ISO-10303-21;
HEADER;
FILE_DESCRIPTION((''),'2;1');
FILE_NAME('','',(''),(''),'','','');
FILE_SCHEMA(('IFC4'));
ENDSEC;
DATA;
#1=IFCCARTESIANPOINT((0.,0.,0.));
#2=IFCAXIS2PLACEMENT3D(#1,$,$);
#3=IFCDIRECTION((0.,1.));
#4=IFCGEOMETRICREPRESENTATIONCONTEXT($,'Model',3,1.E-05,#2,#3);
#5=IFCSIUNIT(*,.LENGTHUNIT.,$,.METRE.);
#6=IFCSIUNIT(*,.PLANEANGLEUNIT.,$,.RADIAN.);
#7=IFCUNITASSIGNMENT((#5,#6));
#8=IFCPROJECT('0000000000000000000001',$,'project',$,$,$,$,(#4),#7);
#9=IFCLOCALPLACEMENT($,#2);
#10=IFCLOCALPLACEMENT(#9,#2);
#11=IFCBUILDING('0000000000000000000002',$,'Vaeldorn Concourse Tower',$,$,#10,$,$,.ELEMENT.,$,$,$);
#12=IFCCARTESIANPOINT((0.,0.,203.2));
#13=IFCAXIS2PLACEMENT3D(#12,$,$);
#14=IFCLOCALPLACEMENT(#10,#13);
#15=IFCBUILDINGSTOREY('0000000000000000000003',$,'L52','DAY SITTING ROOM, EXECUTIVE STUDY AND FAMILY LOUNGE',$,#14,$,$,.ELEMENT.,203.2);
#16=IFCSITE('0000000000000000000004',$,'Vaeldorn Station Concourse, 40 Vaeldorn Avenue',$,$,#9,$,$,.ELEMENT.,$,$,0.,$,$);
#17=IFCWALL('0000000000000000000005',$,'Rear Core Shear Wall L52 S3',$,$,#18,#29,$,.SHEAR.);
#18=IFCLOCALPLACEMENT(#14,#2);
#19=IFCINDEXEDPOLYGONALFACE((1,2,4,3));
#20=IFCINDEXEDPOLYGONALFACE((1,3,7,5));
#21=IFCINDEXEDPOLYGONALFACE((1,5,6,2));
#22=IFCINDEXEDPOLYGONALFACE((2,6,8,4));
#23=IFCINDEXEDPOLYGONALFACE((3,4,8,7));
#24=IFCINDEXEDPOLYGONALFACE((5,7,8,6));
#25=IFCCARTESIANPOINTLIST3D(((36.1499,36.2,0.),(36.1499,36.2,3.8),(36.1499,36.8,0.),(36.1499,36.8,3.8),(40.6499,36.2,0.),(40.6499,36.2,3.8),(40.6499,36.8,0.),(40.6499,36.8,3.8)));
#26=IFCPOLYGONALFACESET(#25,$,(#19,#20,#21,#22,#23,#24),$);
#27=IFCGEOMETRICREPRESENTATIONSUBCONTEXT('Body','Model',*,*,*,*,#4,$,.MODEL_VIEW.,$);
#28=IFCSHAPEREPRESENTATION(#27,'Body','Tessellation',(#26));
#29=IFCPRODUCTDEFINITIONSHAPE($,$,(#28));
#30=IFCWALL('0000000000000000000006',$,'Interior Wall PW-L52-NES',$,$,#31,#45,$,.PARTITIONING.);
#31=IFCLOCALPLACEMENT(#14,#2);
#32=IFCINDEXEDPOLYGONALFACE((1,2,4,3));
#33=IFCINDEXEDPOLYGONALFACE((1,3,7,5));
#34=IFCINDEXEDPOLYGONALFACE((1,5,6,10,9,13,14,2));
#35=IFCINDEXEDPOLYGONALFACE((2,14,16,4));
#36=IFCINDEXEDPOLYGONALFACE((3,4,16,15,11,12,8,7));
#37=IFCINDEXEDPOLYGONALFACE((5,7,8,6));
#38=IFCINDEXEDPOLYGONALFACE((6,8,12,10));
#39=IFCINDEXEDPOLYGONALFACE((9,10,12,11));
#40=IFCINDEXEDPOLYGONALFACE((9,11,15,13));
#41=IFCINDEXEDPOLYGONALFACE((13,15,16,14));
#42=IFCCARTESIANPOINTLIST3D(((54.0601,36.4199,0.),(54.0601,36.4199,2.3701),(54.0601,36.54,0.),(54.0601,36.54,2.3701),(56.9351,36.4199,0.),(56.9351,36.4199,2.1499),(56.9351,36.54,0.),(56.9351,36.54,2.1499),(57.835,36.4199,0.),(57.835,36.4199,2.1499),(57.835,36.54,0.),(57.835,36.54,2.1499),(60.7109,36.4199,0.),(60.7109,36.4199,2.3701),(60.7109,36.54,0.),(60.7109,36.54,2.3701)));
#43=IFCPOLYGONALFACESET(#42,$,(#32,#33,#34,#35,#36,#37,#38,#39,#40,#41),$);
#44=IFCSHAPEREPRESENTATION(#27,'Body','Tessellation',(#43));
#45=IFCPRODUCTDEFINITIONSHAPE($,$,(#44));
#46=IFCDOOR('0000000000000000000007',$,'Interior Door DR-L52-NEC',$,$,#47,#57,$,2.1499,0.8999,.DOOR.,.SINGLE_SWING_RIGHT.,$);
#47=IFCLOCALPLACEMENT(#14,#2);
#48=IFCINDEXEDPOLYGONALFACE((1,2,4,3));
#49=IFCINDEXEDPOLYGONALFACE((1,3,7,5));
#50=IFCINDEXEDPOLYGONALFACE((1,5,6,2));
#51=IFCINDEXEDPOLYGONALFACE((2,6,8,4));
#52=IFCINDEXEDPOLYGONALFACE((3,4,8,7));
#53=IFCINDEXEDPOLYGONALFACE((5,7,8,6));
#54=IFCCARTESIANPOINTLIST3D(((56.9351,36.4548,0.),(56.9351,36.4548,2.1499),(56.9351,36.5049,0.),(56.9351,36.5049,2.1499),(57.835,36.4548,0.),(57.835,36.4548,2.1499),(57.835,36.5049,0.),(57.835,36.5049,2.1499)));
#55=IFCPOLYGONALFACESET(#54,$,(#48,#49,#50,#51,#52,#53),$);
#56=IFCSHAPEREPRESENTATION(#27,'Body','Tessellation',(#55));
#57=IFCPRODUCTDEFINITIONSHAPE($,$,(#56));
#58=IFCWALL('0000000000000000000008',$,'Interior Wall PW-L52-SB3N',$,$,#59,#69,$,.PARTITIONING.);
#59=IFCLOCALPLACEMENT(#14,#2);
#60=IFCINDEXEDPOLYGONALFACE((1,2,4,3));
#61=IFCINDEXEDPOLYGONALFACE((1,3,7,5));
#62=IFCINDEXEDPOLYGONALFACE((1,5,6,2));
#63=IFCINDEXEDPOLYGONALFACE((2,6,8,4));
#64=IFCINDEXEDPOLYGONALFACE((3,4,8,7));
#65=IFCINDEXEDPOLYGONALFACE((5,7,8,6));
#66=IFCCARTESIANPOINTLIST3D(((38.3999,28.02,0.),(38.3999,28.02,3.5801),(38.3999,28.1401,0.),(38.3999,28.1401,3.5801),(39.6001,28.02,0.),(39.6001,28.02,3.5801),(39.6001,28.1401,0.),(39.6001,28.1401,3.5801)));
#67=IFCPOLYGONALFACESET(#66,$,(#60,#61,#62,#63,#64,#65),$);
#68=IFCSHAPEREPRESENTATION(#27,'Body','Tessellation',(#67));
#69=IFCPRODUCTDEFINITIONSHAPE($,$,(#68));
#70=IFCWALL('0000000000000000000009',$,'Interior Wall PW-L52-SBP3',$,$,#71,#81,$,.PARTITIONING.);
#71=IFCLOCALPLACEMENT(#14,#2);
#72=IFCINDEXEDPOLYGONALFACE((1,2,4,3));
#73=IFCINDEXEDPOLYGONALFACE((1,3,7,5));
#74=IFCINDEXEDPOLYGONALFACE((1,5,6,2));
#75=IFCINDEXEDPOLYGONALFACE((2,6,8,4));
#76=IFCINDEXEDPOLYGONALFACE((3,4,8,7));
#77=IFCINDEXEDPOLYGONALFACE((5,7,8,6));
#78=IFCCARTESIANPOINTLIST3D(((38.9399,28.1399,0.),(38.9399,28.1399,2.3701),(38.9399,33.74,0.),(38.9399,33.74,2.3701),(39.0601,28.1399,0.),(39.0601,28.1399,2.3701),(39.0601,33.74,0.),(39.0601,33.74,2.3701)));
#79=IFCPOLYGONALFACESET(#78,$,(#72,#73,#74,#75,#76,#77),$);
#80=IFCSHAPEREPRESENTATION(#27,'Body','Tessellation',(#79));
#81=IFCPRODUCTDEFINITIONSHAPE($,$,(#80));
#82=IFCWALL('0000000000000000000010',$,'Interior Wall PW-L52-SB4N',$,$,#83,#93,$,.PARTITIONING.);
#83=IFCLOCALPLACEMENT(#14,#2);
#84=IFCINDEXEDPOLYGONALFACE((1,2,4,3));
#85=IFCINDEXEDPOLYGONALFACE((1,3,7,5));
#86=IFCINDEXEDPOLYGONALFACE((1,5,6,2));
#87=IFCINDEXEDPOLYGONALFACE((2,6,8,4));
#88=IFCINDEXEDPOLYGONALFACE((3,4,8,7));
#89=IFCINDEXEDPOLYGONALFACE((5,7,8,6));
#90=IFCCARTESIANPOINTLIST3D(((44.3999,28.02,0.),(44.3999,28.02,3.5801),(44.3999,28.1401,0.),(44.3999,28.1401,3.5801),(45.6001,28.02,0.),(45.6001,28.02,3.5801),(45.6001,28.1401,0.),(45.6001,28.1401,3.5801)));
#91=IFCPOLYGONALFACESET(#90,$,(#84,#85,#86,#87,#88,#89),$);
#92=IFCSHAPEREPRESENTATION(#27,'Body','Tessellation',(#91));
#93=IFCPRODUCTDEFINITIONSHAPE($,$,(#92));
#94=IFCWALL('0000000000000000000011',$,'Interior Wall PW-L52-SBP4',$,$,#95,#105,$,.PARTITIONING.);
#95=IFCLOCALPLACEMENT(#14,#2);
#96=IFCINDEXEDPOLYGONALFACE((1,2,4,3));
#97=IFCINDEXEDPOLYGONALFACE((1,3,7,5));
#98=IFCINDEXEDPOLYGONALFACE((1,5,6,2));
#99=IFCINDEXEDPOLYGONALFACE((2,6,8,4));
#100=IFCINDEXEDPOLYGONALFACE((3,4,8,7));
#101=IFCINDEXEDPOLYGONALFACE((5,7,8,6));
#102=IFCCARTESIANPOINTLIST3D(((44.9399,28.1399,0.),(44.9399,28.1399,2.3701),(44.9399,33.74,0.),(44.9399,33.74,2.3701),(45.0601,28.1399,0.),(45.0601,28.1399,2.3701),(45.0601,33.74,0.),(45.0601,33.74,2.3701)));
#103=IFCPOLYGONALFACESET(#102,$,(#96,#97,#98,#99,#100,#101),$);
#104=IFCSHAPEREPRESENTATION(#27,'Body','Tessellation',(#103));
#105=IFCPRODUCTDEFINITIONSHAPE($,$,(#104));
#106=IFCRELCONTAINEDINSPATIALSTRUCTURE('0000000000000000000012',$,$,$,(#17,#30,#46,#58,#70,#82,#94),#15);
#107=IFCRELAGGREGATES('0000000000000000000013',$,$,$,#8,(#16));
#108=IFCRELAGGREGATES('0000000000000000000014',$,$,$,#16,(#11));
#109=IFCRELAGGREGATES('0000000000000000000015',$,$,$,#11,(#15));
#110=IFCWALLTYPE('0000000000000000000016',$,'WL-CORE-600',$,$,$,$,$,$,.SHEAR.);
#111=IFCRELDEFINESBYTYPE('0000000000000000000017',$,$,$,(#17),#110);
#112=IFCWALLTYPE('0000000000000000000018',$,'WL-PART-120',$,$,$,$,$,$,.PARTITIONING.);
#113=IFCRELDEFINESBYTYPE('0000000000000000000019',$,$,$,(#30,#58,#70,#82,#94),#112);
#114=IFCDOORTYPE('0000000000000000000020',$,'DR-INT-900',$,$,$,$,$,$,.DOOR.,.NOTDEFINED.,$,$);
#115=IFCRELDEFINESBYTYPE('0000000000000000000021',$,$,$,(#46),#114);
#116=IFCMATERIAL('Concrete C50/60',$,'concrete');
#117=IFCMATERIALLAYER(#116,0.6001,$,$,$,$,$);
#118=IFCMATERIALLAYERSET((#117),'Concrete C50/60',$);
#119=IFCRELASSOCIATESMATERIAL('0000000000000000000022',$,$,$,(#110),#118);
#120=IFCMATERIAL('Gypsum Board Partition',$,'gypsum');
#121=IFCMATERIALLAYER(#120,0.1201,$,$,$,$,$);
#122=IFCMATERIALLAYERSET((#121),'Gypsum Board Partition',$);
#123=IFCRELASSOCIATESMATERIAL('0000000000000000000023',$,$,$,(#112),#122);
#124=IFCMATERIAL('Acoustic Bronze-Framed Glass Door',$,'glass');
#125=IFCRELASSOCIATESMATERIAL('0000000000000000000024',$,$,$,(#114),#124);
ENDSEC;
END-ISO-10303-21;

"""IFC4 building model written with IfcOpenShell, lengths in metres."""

from ifc_helpers import new_model, si_unit, direction, frame, frame_2d, origin, place, context, subcontext, project, spatial, rectangle, extrude, source, transform, mapped, material, layer, layer_set, type_object, element, fill, save


model = new_model("IFC4")

# Units and contexts
model_context = context("Model", 3, precision=1e-05, world=origin(), true_north=direction((0.0, 1.0)))
body_context = subcontext(model_context, "Body", "Model", "MODEL_VIEW")
ifc_project = project(units=[si_unit("LENGTHUNIT", "METRE"), si_unit("PLANEANGLEUNIT", "RADIAN")], contexts=[model_context])

# Site, building, storey
site_placement = place(None, origin())
site = spatial("IfcSite", under=ifc_project, at=site_placement, Name="Vaeldorn Station Concourse, 40 Vaeldorn Avenue", CompositionType="ELEMENT", RefElevation=0.0)
building_placement = place(site_placement, origin())
building = spatial("IfcBuilding", under=site, at=building_placement, Name="Vaeldorn Concourse Tower", CompositionType="ELEMENT")
storey_placement = place(building_placement, frame((0.0, 0.0, 203.2)))
storey = spatial("IfcBuildingStorey", under=building, at=storey_placement, Name="L52", Description="DAY SITTING ROOM, EXECUTIVE STUDY AND FAMILY LOUNGE", CompositionType="ELEMENT", Elevation=203.2)

# Wall
ifc_material_1 = material(Name="Concrete C50/60", Category="concrete")
ifc_layer_1 = layer(ifc_material_1, 0.6001)
ifc_layer_set_1 = layer_set([ifc_layer_1], Name="Concrete C50/60")
wall_type_1 = type_object("IfcWallType", Name="WL-CORE-600", PredefinedType="SHEAR", material=ifc_layer_set_1)
wall_1_placement = place(storey_placement, frame((36.1499, 36.5, 0.0), z_axis=(0.0, 0.0, 1.0), x_axis=(1.0, 0.0, 0.0)))
element("IfcWall", 1, at=wall_1_placement, inside=storey, type_object=wall_type_1, Name="Rear Core Shear Wall L52 S3", PredefinedType="SHEAR", context=body_context, shape_type="SweptSolid", body=[
    extrude(rectangle(XDim=4.5, YDim=0.6001, at=frame_2d((2.25, 0.0))), origin(), (0.0, 0.0, 1.0), 3.8),
])

# Wall, opening, door
ifc_material_2 = material(Name="Gypsum Board Partition", Category="gypsum")
ifc_layer_2 = layer(ifc_material_2, 0.1201)
ifc_layer_set_2 = layer_set([ifc_layer_2], Name="Gypsum Board Partition")
wall_type_2 = type_object("IfcWallType", Name="WL-PART-120", PredefinedType="PARTITIONING", material=ifc_layer_set_2)
wall_2_placement = place(storey_placement, frame((54.0601, 36.48, 0.0), z_axis=(0.0, 0.0, 1.0), x_axis=(1.0, 0.0, 0.0)))
wall_2 = element("IfcWall", 2, at=wall_2_placement, inside=storey, type_object=wall_type_2, Name="Interior Wall PW-L52-NES", PredefinedType="PARTITIONING", context=body_context, shape_type="SweptSolid", body=[
    extrude(rectangle(XDim=6.6509, YDim=0.1201, at=frame_2d((3.3254, 0.0))), origin(), (0.0, 0.0, 1.0), 2.3701),
])
opening_placement = place(wall_2_placement, frame((2.875, 0.0, 0.0)))
opening = element("IfcOpeningElement", 3, at=opening_placement, cuts=wall_2, PredefinedType="OPENING", context=body_context, shape_type="SweptSolid", body=[
    extrude(rectangle(XDim=0.8999, YDim=2.1499, at=frame_2d((0.45, 1.075))), frame((0.0, 0.0701, 0.0), z_axis=(0.0, -1.0, 0.0), x_axis=(1.0, 0.0, 0.0)), (0.0, 0.0, 1.0), 0.1401),
])
ifc_material_3 = material(Name="Acoustic Bronze-Framed Glass Door", Category="glass")
door_type = type_object("IfcDoorType", Name="DR-INT-900", OperationType="NOTDEFINED", PredefinedType="DOOR", material=ifc_material_3)
shared_shape_1 = source(origin(), body_context, "Body", "SweptSolid", [
    extrude(rectangle(XDim=0.8999, YDim=2.1499, at=frame_2d((0.45, 1.075))), frame((0.0, 0.0249, 0.0), z_axis=(0.0, -1.0, 0.0), x_axis=(1.0, 0.0, 0.0)), (0.0, 0.0, 1.0), 0.05),
])
door_placement = place(opening_placement, origin())
door = element("IfcDoor", 4, at=door_placement, inside=storey, type_object=door_type, Name="Interior Door DR-L52-NEC", OperationType="SINGLE_SWING_RIGHT", OverallHeight=2.1499, OverallWidth=0.8999, PredefinedType="DOOR", context=body_context, shape_type="MappedRepresentation", body=[
    mapped(shared_shape_1, transform((0.0, 0.0, 0.0), scale=1.0)),
])
fill(opening, door)

# Walls
wall_3_placement = place(storey_placement, frame((38.3999, 28.0801, 0.0), z_axis=(0.0, 0.0, 1.0), x_axis=(1.0, 0.0, 0.0)))
element("IfcWall", 5, at=wall_3_placement, inside=storey, type_object=wall_type_2, Name="Interior Wall PW-L52-SB3N", PredefinedType="PARTITIONING", context=body_context, shape_type="SweptSolid", body=[
    extrude(rectangle(XDim=1.2002, YDim=0.1201, at=frame_2d((0.6001, 0.0))), origin(), (0.0, 0.0, 1.0), 3.5801),
])
wall_4_placement = place(storey_placement, frame((39.0, 28.1399, 0.0), z_axis=(0.0, 0.0, 1.0), x_axis=(0.0, 1.0, 0.0)))
element("IfcWall", 6, at=wall_4_placement, inside=storey, type_object=wall_type_2, Name="Interior Wall PW-L52-SBP3", PredefinedType="PARTITIONING", context=body_context, shape_type="SweptSolid", body=[
    extrude(rectangle(XDim=5.6001, YDim=0.1201, at=frame_2d((2.8, 0.0))), origin(), (0.0, 0.0, 1.0), 2.3701),
])
wall_5_placement = place(storey_placement, frame((44.3999, 28.0801, 0.0), z_axis=(0.0, 0.0, 1.0), x_axis=(1.0, 0.0, 0.0)))
element("IfcWall", 7, at=wall_5_placement, inside=storey, type_object=wall_type_2, Name="Interior Wall PW-L52-SB4N", PredefinedType="PARTITIONING", context=body_context, shape_type="SweptSolid", body=[
    extrude(rectangle(XDim=1.2002, YDim=0.1201, at=frame_2d((0.6001, 0.0))), origin(), (0.0, 0.0, 1.0), 3.5801),
])
wall_6_placement = place(storey_placement, frame((45.0, 28.1399, 0.0), z_axis=(0.0, 0.0, 1.0), x_axis=(0.0, 1.0, 0.0)))
element("IfcWall", 8, at=wall_6_placement, inside=storey, type_object=wall_type_2, Name="Interior Wall PW-L52-SBP4", PredefinedType="PARTITIONING", context=body_context, shape_type="SweptSolid", body=[
    extrude(rectangle(XDim=5.6001, YDim=0.1201, at=frame_2d((2.8, 0.0))), origin(), (0.0, 0.0, 1.0), 2.3701),
])

save(model, "model.ifc")
